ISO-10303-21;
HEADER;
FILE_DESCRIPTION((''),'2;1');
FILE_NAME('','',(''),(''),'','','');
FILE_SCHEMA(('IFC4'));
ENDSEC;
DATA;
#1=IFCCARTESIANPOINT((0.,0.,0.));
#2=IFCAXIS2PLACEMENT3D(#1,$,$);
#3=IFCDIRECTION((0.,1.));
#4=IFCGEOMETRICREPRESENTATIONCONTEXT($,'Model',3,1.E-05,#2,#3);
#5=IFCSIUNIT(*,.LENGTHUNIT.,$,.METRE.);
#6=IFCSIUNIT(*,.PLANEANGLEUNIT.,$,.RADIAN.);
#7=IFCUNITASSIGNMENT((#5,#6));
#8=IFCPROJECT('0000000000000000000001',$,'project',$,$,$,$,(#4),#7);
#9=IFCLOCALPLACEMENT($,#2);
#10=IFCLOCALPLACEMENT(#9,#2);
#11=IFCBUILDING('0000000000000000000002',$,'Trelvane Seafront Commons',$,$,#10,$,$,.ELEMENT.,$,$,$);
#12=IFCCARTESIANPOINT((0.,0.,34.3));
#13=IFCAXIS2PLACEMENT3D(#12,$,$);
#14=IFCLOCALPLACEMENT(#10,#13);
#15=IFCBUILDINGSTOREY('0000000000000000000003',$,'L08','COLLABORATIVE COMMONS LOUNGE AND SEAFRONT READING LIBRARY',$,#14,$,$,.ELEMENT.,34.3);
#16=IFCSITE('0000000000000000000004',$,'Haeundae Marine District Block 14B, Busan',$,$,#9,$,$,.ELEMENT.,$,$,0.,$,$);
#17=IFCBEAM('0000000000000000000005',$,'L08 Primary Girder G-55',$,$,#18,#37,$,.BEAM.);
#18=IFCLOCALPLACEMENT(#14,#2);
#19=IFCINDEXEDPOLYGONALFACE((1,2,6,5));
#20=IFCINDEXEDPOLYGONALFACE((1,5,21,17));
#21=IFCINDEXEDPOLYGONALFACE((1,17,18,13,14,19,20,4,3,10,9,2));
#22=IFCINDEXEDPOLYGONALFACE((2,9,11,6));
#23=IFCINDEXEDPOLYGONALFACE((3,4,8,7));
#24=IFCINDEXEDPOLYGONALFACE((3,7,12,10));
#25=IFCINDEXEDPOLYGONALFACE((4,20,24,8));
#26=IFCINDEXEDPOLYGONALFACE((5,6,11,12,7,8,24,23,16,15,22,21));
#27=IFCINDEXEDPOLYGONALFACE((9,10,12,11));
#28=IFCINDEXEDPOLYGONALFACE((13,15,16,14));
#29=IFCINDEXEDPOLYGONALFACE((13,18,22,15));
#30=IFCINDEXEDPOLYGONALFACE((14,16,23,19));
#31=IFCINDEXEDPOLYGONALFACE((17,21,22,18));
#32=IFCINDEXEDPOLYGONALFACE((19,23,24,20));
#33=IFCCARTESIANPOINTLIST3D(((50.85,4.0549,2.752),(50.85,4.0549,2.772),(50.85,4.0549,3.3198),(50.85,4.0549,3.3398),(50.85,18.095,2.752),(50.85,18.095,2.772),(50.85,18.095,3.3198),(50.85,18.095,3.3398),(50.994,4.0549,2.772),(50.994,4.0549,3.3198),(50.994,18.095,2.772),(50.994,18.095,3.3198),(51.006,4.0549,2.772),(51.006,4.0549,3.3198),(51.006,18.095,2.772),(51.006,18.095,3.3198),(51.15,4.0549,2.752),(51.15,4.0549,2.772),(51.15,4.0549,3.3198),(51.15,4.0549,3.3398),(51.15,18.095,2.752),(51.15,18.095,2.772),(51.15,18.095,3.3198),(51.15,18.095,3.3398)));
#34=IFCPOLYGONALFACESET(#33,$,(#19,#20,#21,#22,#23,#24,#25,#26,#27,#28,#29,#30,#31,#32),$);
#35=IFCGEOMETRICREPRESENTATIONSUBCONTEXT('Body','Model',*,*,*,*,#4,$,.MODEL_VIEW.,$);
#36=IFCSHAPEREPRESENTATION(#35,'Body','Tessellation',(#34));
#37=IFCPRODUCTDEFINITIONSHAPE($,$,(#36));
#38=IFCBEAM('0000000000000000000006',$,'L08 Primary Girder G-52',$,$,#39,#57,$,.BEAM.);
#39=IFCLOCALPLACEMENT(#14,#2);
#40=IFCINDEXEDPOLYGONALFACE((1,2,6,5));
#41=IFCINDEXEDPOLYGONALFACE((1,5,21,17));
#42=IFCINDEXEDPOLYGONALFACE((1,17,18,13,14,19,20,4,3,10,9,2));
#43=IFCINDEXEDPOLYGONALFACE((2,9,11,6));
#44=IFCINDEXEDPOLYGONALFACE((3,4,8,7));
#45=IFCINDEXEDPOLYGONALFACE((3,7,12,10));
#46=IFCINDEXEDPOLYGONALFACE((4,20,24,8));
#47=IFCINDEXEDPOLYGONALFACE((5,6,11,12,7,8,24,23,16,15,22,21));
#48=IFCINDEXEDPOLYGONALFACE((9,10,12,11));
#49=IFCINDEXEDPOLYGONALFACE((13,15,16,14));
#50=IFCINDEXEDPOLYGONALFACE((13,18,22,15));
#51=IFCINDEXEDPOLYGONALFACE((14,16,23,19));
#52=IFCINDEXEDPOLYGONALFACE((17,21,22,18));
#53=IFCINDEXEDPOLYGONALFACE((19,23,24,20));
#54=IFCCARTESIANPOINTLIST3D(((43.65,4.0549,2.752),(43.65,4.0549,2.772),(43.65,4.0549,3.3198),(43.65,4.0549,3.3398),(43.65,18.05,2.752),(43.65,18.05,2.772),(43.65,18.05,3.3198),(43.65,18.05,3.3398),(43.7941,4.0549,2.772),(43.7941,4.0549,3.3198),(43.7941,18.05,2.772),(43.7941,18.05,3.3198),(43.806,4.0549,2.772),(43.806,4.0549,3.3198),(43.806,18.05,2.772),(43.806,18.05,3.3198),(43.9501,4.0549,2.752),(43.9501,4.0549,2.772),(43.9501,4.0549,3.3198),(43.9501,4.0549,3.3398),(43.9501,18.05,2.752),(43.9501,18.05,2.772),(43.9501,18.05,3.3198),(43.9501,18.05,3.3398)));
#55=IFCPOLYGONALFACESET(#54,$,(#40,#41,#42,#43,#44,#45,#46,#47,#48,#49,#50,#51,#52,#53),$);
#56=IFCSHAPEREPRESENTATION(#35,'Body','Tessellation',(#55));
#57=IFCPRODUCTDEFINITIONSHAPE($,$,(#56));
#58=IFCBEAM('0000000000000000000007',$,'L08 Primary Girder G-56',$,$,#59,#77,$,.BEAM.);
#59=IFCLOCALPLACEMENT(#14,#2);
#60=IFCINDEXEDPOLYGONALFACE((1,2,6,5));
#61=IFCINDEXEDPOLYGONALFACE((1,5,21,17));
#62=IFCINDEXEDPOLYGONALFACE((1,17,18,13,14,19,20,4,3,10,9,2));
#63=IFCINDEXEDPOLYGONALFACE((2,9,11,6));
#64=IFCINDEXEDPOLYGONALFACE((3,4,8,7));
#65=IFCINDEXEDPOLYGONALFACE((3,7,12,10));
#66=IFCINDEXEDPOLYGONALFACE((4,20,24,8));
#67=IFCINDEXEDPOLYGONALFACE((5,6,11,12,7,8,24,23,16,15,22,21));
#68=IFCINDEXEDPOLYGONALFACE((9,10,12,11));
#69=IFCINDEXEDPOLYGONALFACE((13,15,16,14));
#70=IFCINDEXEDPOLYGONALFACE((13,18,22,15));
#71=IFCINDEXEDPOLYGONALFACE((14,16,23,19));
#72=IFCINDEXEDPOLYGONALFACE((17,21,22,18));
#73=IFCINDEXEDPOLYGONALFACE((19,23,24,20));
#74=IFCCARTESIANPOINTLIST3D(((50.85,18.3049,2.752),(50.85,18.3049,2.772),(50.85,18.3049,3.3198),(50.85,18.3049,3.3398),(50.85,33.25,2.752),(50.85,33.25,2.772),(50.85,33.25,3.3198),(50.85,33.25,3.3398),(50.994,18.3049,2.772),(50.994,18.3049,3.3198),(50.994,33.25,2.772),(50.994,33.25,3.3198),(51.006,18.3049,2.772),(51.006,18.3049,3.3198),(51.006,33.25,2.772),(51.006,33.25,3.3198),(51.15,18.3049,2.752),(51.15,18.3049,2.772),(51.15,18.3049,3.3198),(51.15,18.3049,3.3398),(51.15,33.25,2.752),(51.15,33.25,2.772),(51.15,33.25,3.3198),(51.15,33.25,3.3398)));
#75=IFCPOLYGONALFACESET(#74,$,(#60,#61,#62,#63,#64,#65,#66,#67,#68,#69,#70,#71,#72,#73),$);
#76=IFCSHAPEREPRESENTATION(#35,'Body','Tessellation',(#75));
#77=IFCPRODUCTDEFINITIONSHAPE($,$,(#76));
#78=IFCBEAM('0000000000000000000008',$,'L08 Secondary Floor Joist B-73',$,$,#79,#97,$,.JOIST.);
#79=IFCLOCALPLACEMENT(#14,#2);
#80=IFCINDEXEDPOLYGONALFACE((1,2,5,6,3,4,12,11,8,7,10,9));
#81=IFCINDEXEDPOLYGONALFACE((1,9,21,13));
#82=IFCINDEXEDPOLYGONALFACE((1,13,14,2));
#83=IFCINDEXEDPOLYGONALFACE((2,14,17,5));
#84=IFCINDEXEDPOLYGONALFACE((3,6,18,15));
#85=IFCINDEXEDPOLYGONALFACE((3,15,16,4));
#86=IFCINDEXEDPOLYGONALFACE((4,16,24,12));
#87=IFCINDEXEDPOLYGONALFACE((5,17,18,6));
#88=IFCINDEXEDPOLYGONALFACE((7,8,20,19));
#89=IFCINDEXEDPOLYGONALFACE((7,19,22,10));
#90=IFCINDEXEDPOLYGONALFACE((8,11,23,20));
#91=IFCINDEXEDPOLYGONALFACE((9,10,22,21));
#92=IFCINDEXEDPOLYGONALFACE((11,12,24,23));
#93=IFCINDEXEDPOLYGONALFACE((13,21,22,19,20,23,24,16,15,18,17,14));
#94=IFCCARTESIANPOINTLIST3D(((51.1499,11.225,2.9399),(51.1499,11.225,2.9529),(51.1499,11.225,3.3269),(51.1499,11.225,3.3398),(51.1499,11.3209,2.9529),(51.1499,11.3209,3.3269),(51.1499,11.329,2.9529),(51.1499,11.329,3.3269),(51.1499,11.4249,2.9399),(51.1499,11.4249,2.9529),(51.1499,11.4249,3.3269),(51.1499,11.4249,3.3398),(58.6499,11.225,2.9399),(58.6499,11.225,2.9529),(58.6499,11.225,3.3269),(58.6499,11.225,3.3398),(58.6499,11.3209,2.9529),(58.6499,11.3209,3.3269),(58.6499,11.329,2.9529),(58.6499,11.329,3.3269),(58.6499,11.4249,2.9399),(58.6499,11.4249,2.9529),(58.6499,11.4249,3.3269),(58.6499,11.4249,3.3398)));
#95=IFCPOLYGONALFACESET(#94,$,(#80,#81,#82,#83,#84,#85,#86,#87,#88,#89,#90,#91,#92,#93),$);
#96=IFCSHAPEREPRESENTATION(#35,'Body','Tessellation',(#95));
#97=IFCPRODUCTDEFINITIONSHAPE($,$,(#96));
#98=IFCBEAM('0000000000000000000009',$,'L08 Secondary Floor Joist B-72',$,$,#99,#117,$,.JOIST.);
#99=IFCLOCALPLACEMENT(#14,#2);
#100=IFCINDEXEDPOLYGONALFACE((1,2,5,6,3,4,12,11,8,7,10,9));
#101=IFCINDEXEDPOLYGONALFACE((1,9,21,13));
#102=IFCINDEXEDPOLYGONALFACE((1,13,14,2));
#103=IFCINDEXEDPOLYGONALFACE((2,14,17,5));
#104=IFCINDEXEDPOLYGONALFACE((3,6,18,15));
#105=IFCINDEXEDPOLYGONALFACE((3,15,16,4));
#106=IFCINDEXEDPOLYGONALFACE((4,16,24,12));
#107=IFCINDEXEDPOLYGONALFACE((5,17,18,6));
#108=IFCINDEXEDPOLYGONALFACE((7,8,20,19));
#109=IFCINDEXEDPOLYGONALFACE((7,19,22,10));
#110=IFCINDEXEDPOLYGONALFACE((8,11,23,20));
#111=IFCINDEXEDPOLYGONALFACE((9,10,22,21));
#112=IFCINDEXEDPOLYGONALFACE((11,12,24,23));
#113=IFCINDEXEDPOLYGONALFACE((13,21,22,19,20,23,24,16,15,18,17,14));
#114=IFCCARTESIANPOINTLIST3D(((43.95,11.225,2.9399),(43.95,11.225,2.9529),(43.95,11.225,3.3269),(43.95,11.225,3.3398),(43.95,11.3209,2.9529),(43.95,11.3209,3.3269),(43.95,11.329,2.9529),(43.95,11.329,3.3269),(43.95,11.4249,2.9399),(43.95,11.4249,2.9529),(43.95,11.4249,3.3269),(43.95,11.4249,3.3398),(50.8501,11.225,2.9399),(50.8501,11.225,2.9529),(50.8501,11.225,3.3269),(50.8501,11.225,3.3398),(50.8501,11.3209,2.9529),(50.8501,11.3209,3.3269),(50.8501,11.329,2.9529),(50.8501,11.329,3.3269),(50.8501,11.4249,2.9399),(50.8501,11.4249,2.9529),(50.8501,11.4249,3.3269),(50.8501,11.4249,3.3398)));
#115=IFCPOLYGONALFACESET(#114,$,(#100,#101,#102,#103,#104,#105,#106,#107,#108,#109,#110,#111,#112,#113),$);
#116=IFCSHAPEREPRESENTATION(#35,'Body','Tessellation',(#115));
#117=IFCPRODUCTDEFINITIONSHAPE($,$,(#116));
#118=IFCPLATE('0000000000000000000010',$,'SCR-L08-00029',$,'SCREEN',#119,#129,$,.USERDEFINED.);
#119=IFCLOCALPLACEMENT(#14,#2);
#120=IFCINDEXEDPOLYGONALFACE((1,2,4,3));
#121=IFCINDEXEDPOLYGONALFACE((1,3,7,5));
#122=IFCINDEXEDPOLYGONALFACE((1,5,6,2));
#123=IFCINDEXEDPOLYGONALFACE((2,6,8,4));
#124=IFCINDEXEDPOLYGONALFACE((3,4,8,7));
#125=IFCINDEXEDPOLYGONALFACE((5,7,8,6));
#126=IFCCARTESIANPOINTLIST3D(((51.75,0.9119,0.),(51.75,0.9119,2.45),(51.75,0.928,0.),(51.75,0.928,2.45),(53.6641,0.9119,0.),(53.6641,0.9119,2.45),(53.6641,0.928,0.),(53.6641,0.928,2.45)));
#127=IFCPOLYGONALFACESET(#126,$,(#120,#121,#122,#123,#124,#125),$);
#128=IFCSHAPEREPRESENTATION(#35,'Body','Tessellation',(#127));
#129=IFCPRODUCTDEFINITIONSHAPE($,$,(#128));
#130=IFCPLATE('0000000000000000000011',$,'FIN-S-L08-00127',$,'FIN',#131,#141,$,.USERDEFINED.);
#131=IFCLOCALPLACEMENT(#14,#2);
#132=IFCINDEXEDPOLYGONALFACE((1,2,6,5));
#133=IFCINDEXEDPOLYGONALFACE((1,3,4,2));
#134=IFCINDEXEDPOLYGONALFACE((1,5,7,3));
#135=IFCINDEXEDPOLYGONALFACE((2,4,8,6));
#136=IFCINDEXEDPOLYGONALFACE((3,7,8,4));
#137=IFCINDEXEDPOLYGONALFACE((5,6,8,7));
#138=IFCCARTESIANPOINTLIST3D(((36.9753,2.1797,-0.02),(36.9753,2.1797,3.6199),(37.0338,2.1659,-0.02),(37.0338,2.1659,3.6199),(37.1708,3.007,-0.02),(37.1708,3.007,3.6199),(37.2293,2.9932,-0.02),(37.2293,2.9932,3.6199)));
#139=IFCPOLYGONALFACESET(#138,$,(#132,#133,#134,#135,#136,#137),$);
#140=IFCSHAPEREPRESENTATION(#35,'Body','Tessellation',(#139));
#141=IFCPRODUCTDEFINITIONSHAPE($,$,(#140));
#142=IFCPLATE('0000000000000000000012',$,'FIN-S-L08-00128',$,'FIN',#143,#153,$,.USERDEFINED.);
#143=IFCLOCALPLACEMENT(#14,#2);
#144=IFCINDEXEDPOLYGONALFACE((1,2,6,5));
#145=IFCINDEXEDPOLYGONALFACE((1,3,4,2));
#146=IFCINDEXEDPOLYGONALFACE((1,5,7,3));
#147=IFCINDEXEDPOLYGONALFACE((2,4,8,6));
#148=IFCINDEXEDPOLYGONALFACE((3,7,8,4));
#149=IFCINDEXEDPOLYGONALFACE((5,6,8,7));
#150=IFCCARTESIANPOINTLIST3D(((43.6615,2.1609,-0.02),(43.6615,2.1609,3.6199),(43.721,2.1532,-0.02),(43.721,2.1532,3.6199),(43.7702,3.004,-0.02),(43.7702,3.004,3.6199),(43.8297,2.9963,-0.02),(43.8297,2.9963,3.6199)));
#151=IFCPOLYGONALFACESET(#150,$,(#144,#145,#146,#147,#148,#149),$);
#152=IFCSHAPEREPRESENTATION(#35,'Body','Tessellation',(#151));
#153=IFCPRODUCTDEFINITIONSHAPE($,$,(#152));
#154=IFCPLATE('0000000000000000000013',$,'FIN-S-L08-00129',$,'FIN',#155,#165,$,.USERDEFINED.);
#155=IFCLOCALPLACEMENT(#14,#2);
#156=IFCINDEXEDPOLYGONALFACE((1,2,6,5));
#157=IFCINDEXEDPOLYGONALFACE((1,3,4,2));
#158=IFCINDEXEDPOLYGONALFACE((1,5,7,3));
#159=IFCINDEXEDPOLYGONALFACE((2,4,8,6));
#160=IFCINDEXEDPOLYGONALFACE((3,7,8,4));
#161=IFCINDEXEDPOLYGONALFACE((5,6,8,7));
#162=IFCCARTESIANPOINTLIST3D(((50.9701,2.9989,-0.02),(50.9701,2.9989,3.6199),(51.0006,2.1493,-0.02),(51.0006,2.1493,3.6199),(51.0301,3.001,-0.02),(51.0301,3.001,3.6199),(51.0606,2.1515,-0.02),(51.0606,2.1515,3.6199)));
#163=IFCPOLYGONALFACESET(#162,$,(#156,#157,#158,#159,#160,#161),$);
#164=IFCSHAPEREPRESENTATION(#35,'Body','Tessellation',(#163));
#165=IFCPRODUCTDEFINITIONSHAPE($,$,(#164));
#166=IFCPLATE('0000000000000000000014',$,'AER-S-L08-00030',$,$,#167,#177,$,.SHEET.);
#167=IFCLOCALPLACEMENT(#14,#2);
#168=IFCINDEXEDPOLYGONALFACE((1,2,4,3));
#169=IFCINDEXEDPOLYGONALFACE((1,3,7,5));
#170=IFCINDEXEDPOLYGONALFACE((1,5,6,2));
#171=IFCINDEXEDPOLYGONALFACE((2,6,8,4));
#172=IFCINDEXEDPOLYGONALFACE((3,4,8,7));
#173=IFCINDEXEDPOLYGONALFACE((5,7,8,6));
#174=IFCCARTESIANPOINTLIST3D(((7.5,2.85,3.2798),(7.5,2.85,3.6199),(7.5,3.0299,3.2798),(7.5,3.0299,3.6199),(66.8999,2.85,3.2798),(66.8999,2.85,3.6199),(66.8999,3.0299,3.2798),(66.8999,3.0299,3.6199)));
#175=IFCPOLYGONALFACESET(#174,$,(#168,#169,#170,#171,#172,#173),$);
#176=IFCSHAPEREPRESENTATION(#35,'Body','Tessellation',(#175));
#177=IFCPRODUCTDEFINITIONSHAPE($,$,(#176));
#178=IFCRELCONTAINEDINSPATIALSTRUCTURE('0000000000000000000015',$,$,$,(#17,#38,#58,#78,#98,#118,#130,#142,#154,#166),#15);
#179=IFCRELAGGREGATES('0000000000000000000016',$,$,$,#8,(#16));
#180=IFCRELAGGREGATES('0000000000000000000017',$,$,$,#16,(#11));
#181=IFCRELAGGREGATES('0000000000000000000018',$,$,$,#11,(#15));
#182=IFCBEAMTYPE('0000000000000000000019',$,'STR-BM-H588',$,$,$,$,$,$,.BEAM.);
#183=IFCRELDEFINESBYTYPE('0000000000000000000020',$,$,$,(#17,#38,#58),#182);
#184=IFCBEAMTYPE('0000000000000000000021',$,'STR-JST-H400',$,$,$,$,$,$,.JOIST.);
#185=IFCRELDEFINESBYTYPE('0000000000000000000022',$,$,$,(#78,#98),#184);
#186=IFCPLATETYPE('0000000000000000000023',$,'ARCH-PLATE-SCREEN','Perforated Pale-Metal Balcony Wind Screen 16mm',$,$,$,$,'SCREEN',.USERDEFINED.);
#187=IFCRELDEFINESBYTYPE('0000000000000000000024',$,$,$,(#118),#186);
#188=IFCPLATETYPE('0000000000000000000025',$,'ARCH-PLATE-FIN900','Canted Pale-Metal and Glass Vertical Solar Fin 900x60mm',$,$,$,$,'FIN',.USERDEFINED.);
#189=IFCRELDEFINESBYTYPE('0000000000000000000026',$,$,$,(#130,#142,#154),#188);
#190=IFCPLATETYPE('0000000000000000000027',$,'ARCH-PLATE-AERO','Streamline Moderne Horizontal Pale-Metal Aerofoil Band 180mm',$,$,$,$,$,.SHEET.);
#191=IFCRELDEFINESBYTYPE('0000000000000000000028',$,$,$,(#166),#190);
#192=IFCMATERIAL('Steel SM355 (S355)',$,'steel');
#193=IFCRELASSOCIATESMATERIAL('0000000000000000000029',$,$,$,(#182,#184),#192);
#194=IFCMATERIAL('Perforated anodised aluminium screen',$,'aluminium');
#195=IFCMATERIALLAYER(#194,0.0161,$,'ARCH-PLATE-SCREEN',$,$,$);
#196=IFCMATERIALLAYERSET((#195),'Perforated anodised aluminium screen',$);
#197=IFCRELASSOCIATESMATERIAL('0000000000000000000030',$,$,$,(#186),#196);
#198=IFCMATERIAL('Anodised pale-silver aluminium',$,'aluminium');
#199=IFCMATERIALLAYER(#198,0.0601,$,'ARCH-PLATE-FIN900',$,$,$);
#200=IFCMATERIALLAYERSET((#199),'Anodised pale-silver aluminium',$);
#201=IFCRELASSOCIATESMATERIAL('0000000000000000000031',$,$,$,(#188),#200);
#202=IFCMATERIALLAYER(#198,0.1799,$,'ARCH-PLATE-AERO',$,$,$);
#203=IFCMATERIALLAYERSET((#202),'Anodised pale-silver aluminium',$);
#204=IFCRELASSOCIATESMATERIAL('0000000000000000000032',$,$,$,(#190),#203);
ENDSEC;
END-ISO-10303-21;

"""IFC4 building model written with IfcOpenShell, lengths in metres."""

from ifc_helpers import new_model, si_unit, direction, frame, origin, origin_2d, place, context, subcontext, project, spatial, rectangle, i_section, extrude, source, transform, mapped, material, layer, layer_set, material_profile, profile_set, type_object, element, save


model = new_model("IFC4")

# Units and contexts
model_context = context("Model", 3, precision=1e-05, world=origin(), true_north=direction((0.0, 1.0)))
body_context = subcontext(model_context, "Body", "Model", "MODEL_VIEW")
ifc_project = project(units=[si_unit("LENGTHUNIT", "METRE"), si_unit("PLANEANGLEUNIT", "RADIAN")], contexts=[model_context])

# Site, building, storey
site_placement = place(None, origin())
site = spatial("IfcSite", under=ifc_project, at=site_placement, Name="Haeundae Marine District Block 14B, Busan", CompositionType="ELEMENT", RefElevation=0.0)
building_placement = place(site_placement, origin())
building = spatial("IfcBuilding", under=site, at=building_placement, Name="Trelvane Seafront Commons", CompositionType="ELEMENT")
storey_placement = place(building_placement, frame((0.0, 0.0, 34.3)))
storey = spatial("IfcBuildingStorey", under=building, at=storey_placement, Name="L08", Description="COLLABORATIVE COMMONS LOUNGE AND SEAFRONT READING LIBRARY", CompositionType="ELEMENT", Elevation=34.3)

# Shared definitions
ifc_material_1 = material(Name="Steel SM355 (S355)", Category="steel")

# Beams
ifc_material_profile_1 = material_profile(ifc_material_1, i_section(OverallWidth=0.3, OverallDepth=0.5879, WebThickness=0.012, FlangeThickness=0.02, at=origin_2d()), Name="H-588x300x12x20")
ifc_profile_set_1 = profile_set([ifc_material_profile_1], Name="Steel SM355 (S355)")
beam_type_1 = type_object("IfcBeamType", Name="STR-BM-H588", PredefinedType="BEAM", material=ifc_profile_set_1)
shared_shape_1 = source(origin(), body_context, "Body", "SweptSolid", [
    extrude(i_section(OverallWidth=0.3, OverallDepth=0.5879, WebThickness=0.012, FlangeThickness=0.02, at=origin_2d()), origin(), (0.0, 0.0, 1.0), 14.04),
])
beam_1_placement = place(storey_placement, frame((51.0, 4.0549, 3.0459), z_axis=(0.0, 1.0, 0.0), x_axis=(-1.0, 0.0, 0.0)))
element("IfcBeam", 1, at=beam_1_placement, inside=storey, type_object=beam_type_1, Name="L08 Primary Girder G-55", PredefinedType="BEAM", context=body_context, shape_type="MappedRepresentation", body=[
    mapped(shared_shape_1, transform((0.0, 0.0, 0.0), x_axis=(1.0, 0.0, 0.0), y_axis=(0.0, 1.0, 0.0), z_axis=(0.0, 0.0, 1.0), scale=1.0)),
])
shared_shape_2 = source(origin(), body_context, "Body", "SweptSolid", [
    extrude(i_section(OverallWidth=0.3, OverallDepth=0.5879, WebThickness=0.012, FlangeThickness=0.02, at=origin_2d()), origin(), (0.0, 0.0, 1.0), 13.9951),
])
beam_2_placement = place(storey_placement, frame((43.8, 4.0549, 3.0459), z_axis=(0.0, 1.0, 0.0), x_axis=(-1.0, 0.0, 0.0)))
element("IfcBeam", 2, at=beam_2_placement, inside=storey, type_object=beam_type_1, Name="L08 Primary Girder G-52", PredefinedType="BEAM", context=body_context, shape_type="MappedRepresentation", body=[
    mapped(shared_shape_2, transform((0.0, 0.0, 0.0), x_axis=(1.0, 0.0, 0.0), y_axis=(0.0, 1.0, 0.0), z_axis=(0.0, 0.0, 1.0), scale=1.0)),
])
shared_shape_3 = source(origin(), body_context, "Body", "SweptSolid", [
    extrude(i_section(OverallWidth=0.3, OverallDepth=0.5879, WebThickness=0.012, FlangeThickness=0.02, at=origin_2d()), origin(), (0.0, 0.0, 1.0), 14.9451),
])
beam_3_placement = place(storey_placement, frame((51.0, 18.3049, 3.0459), z_axis=(0.0, 1.0, 0.0), x_axis=(-1.0, 0.0, 0.0)))
element("IfcBeam", 3, at=beam_3_placement, inside=storey, type_object=beam_type_1, Name="L08 Primary Girder G-56", PredefinedType="BEAM", context=body_context, shape_type="MappedRepresentation", body=[
    mapped(shared_shape_3, transform((0.0, 0.0, 0.0), x_axis=(1.0, 0.0, 0.0), y_axis=(0.0, 1.0, 0.0), z_axis=(0.0, 0.0, 1.0), scale=1.0)),
])
ifc_material_profile_2 = material_profile(ifc_material_1, i_section(OverallWidth=0.2, OverallDepth=0.3999, WebThickness=0.0081, FlangeThickness=0.0129, at=origin_2d()), Name="H-400x200x8x13")
ifc_profile_set_2 = profile_set([ifc_material_profile_2], Name="Steel SM355 (S355)")
beam_type_2 = type_object("IfcBeamType", Name="STR-JST-H400", PredefinedType="JOIST", material=ifc_profile_set_2)
shared_shape_4 = source(origin(), body_context, "Body", "SweptSolid", [
    extrude(i_section(OverallWidth=0.2, OverallDepth=0.3999, WebThickness=0.0081, FlangeThickness=0.0129, at=origin_2d()), origin(), (0.0, 0.0, 1.0), 7.5),
])
beam_4_placement = place(storey_placement, frame((51.1499, 11.325, 3.1399), z_axis=(1.0, 0.0, 0.0), x_axis=(0.0, 1.0, 0.0)))
element("IfcBeam", 4, at=beam_4_placement, inside=storey, type_object=beam_type_2, Name="L08 Secondary Floor Joist B-73", PredefinedType="JOIST", context=body_context, shape_type="MappedRepresentation", body=[
    mapped(shared_shape_4, transform((0.0, 0.0, 0.0), x_axis=(1.0, 0.0, 0.0), y_axis=(0.0, 1.0, 0.0), z_axis=(0.0, 0.0, 1.0), scale=1.0)),
])
shared_shape_5 = source(origin(), body_context, "Body", "SweptSolid", [
    extrude(i_section(OverallWidth=0.2, OverallDepth=0.3999, WebThickness=0.0081, FlangeThickness=0.0129, at=origin_2d()), origin(), (0.0, 0.0, 1.0), 6.9001),
])
beam_5_placement = place(storey_placement, frame((43.95, 11.325, 3.1399), z_axis=(1.0, 0.0, 0.0), x_axis=(0.0, 1.0, 0.0)))
element("IfcBeam", 5, at=beam_5_placement, inside=storey, type_object=beam_type_2, Name="L08 Secondary Floor Joist B-72", PredefinedType="JOIST", context=body_context, shape_type="MappedRepresentation", body=[
    mapped(shared_shape_5, transform((0.0, 0.0, 0.0), x_axis=(1.0, 0.0, 0.0), y_axis=(0.0, 1.0, 0.0), z_axis=(0.0, 0.0, 1.0), scale=1.0)),
])

# Plates
ifc_material_2 = material(Name="Perforated anodised aluminium screen", Category="aluminium")
ifc_layer_1 = layer(ifc_material_2, 0.0161, Name="ARCH-PLATE-SCREEN")
ifc_layer_set_1 = layer_set([ifc_layer_1], Name="Perforated anodised aluminium screen")
plate_type_1 = type_object("IfcPlateType", Name="ARCH-PLATE-SCREEN", Description="Perforated Pale-Metal Balcony Wind Screen 16mm", ElementType="SCREEN", PredefinedType="USERDEFINED", material=ifc_layer_set_1)
shared_shape_6 = source(origin(), body_context, "Body", "SweptSolid", [
    extrude(rectangle(XDim=1.9141, YDim=0.0161, at=origin_2d()), origin(), (0.0, 0.0, 1.0), 2.45),
])
plate_1_placement = place(storey_placement, frame((52.707, 0.9199, 0.0), z_axis=(0.0, 0.0, 1.0), x_axis=(1.0, 0.0, 0.0)))
element("IfcPlate", 6, at=plate_1_placement, inside=storey, type_object=plate_type_1, Name="SCR-L08-00029", ObjectType="SCREEN", PredefinedType="USERDEFINED", context=body_context, shape_type="MappedRepresentation", body=[
    mapped(shared_shape_6, transform((0.0, 0.0, 0.0), x_axis=(1.0, 0.0, 0.0), y_axis=(0.0, 1.0, 0.0), z_axis=(0.0, 0.0, 1.0), scale=1.0)),
])
ifc_material_3 = material(Name="Anodised pale-silver aluminium", Category="aluminium")
ifc_layer_2 = layer(ifc_material_3, 0.0601, Name="ARCH-PLATE-FIN900")
ifc_layer_set_2 = layer_set([ifc_layer_2], Name="Anodised pale-silver aluminium")
plate_type_2 = type_object("IfcPlateType", Name="ARCH-PLATE-FIN900", Description="Canted Pale-Metal and Glass Vertical Solar Fin 900x60mm", ElementType="FIN", PredefinedType="USERDEFINED", material=ifc_layer_set_2)
shared_shape_7 = source(origin(), body_context, "Body", "SweptSolid", [
    extrude(rectangle(XDim=0.8501, YDim=0.0601, at=origin_2d()), origin(), (0.0, 0.0, 1.0), 3.6399),
])
for number, where, z_axis, x_axis, name in (
    (7, (37.1023, 2.5864, -0.02), (0.0, 0.0, 1.0), (-0.230004, -0.97319, 0.0), "FIN-S-L08-00127"),
    (8, (43.7456, 2.5786, -0.02), (0.0, 0.0, 1.0), (-0.127885, -0.991789, 0.0), "FIN-S-L08-00128"),
    (9, (51.0154, 2.5752, -0.02), (0.0, 0.0, 1.0), (0.03588, -0.999356, 0.0), "FIN-S-L08-00129"),
):
    element("IfcPlate", number, at=place(storey_placement, frame(where, z_axis=z_axis, x_axis=x_axis)), inside=storey, type_object=plate_type_2, Name=name, ObjectType="FIN", PredefinedType="USERDEFINED", context=body_context, shape_type="MappedRepresentation", body=[
        mapped(shared_shape_7, transform((0.0, 0.0, 0.0), x_axis=(1.0, 0.0, 0.0), y_axis=(0.0, 1.0, 0.0), z_axis=(0.0, 0.0, 1.0), scale=1.0)),
    ])
ifc_layer_3 = layer(ifc_material_3, 0.1799, Name="ARCH-PLATE-AERO")
ifc_layer_set_3 = layer_set([ifc_layer_3], Name="Anodised pale-silver aluminium")
plate_type_3 = type_object("IfcPlateType", Name="ARCH-PLATE-AERO", Description="Streamline Moderne Horizontal Pale-Metal Aerofoil Band 180mm", PredefinedType="SHEET", material=ifc_layer_set_3)
shared_shape_8 = source(origin(), body_context, "Body", "SweptSolid", [
    extrude(rectangle(XDim=59.3999, YDim=0.1799, at=origin_2d()), origin(), (0.0, 0.0, 1.0), 0.3401),
])
plate_2_placement = place(storey_placement, frame((37.2, 2.9399, 3.2798), z_axis=(0.0, 0.0, 1.0), x_axis=(-1.0, 0.0, 0.0)))
element("IfcPlate", 10, at=plate_2_placement, inside=storey, type_object=plate_type_3, Name="AER-S-L08-00030", PredefinedType="SHEET", context=body_context, shape_type="MappedRepresentation", body=[
    mapped(shared_shape_8, transform((0.0, 0.0, 0.0), x_axis=(1.0, 0.0, 0.0), y_axis=(0.0, 1.0, 0.0), z_axis=(0.0, 0.0, 1.0), scale=1.0)),
])

save(model, "model.ifc")
